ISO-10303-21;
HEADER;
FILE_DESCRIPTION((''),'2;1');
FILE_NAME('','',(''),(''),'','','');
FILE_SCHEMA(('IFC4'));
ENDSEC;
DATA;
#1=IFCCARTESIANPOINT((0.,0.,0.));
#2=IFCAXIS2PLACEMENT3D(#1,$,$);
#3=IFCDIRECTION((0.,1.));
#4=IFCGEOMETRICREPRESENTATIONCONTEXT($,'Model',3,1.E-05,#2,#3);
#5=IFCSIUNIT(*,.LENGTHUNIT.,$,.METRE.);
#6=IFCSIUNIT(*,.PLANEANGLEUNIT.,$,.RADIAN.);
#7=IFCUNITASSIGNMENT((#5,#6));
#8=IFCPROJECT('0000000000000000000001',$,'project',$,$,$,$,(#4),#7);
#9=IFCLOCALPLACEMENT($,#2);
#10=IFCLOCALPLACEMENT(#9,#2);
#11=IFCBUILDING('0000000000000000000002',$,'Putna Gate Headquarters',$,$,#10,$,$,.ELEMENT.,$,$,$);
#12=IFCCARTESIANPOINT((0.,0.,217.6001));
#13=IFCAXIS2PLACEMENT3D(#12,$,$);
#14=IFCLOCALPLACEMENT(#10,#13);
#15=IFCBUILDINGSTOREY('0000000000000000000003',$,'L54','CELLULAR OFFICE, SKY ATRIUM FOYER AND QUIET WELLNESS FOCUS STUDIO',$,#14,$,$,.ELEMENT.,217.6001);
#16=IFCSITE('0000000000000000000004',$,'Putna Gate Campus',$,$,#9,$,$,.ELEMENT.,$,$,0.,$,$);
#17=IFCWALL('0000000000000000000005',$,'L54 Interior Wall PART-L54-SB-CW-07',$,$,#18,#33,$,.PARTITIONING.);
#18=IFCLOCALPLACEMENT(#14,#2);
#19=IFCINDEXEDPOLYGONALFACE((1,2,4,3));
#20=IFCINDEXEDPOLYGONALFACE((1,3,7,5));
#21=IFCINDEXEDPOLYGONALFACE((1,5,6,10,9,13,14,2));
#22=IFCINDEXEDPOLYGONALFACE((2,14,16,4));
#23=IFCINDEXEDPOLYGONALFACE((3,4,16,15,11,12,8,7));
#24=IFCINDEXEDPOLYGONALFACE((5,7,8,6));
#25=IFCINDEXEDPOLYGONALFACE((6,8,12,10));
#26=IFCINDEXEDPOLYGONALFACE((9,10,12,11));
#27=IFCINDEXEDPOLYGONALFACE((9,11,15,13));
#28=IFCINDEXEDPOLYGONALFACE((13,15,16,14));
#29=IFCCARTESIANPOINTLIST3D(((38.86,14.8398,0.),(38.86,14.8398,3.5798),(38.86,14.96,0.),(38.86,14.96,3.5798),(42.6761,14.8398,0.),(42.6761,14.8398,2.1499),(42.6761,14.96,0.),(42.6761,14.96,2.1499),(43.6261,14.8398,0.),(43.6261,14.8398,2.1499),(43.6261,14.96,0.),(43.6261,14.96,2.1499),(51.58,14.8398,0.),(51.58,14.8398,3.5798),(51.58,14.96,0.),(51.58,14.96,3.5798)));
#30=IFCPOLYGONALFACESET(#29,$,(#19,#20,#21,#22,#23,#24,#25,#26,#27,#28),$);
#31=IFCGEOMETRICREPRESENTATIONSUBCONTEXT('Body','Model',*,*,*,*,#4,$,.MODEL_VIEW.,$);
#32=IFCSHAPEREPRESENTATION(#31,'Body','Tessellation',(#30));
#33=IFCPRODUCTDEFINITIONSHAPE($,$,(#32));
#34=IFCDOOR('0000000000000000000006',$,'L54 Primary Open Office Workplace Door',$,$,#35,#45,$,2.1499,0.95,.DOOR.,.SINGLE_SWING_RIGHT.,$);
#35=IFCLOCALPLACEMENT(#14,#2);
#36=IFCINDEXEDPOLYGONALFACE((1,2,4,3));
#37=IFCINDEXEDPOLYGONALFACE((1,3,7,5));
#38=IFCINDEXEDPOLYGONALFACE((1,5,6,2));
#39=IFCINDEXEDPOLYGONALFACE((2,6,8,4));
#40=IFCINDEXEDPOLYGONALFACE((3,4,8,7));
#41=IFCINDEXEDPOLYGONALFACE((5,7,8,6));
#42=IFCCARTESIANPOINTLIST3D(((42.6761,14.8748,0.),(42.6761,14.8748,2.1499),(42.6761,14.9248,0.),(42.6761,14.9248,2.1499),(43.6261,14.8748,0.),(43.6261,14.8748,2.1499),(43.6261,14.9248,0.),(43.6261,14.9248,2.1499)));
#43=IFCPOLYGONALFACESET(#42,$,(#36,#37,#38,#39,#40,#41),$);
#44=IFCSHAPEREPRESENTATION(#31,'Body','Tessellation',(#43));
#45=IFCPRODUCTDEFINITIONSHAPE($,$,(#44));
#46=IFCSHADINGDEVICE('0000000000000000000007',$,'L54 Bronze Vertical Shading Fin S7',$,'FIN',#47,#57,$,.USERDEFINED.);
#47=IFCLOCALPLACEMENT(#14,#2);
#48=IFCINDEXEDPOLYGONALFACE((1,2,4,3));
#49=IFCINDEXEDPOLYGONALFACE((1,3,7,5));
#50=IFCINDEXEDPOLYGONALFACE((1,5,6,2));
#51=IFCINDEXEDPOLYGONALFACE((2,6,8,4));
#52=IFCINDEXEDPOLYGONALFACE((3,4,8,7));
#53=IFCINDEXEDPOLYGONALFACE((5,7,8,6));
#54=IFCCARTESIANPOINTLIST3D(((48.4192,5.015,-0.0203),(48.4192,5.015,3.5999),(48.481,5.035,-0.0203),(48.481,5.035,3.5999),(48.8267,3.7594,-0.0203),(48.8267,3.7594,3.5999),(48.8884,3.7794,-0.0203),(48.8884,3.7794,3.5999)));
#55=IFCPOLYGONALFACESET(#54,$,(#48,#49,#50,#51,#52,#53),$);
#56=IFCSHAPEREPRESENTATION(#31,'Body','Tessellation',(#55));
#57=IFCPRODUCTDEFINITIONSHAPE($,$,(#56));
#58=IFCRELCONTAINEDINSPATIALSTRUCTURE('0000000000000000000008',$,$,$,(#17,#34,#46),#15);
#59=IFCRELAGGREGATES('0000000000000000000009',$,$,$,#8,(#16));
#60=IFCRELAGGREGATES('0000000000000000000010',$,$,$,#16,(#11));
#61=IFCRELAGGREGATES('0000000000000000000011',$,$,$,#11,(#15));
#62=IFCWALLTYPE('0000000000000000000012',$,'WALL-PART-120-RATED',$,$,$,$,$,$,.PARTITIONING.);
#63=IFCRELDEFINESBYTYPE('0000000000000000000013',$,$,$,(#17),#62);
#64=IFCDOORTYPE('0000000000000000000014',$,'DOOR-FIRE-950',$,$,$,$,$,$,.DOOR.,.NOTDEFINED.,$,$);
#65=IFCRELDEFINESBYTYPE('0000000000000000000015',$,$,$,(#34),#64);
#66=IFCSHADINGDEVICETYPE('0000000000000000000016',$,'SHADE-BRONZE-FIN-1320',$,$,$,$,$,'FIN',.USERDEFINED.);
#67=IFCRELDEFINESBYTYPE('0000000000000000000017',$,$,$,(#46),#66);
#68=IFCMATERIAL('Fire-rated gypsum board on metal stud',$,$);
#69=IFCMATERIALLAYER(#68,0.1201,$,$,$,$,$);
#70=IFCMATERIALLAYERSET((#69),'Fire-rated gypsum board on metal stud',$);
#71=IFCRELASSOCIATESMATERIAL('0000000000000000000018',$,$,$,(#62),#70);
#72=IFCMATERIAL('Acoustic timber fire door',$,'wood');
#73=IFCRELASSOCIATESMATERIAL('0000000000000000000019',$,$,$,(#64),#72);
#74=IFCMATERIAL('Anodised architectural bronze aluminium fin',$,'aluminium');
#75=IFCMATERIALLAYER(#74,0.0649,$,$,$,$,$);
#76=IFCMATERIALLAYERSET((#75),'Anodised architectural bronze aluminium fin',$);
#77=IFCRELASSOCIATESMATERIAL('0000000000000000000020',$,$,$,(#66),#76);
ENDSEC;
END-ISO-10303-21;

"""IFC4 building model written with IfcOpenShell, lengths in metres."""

from ifc_helpers import new_model, si_unit, direction, frame, frame_2d, origin, origin_2d, place, context, subcontext, project, spatial, rectangle, extrude, material, layer, layer_set, type_object, element, fill, save


model = new_model("IFC4")

# Units and contexts
model_context = context("Model", 3, precision=1e-05, world=origin(), true_north=direction((0.0, 1.0)))
body_context = subcontext(model_context, "Body", "Model", "MODEL_VIEW")
ifc_project = project(units=[si_unit("LENGTHUNIT", "METRE"), si_unit("PLANEANGLEUNIT", "RADIAN")], contexts=[model_context])

# Site, building, storey
site_placement = place(None, origin())
site = spatial("IfcSite", under=ifc_project, at=site_placement, Name="Putna Gate Campus", CompositionType="ELEMENT", RefElevation=0.0)
building_placement = place(site_placement, origin())
building = spatial("IfcBuilding", under=site, at=building_placement, Name="Putna Gate Headquarters", CompositionType="ELEMENT")
storey_placement = place(building_placement, frame((0.0, 0.0, 217.6001)))
storey = spatial("IfcBuildingStorey", under=building, at=storey_placement, Name="L54", Description="CELLULAR OFFICE, SKY ATRIUM FOYER AND QUIET WELLNESS FOCUS STUDIO", CompositionType="ELEMENT", Elevation=217.6001)

# Wall, opening, door
ifc_material_1 = material(Name="Fire-rated gypsum board on metal stud")
ifc_layer_1 = layer(ifc_material_1, 0.1201)
ifc_layer_set_1 = layer_set([ifc_layer_1], Name="Fire-rated gypsum board on metal stud")
wall_type_1 = type_object("IfcWallType", Name="WALL-PART-120-RATED", PredefinedType="PARTITIONING", material=ifc_layer_set_1)
wall_1_placement = place(storey_placement, frame((38.8601, 14.8999, 0.0), z_axis=(0.0, 0.0, 1.0), x_axis=(1.0, 0.0, 0.0)))
wall_1 = element("IfcWall", 1, at=wall_1_placement, inside=storey, type_object=wall_type_1, Name="L54 Interior Wall PART-L54-SB-CW-07", PredefinedType="PARTITIONING", context=body_context, shape_type="SweptSolid", body=[
    extrude(rectangle(XDim=12.72, YDim=0.1201, at=frame_2d((6.3599, 0.0))), origin(), (0.0, 0.0, 1.0), 3.5798),
])
opening_placement = place(wall_1_placement, frame((3.8159, 0.0, 0.0)))
opening = element("IfcOpeningElement", 2, at=opening_placement, cuts=wall_1, PredefinedType="OPENING", context=body_context, shape_type="SweptSolid", body=[
    extrude(rectangle(XDim=0.95, YDim=2.1499, at=frame_2d((0.4751, 1.075))), frame((0.0, 0.0701, 0.0), z_axis=(0.0, -1.0, 0.0), x_axis=(1.0, 0.0, 0.0)), (0.0, 0.0, 1.0), 0.1401),
])
ifc_material_2 = material(Name="Acoustic timber fire door", Category="wood")
door_type = type_object("IfcDoorType", Name="DOOR-FIRE-950", OperationType="NOTDEFINED", PredefinedType="DOOR", material=ifc_material_2)
door_placement = place(opening_placement, origin())
door = element("IfcDoor", 3, at=door_placement, inside=storey, type_object=door_type, Name="L54 Primary Open Office Workplace Door", OperationType="SINGLE_SWING_RIGHT", OverallHeight=2.1499, OverallWidth=0.95, PredefinedType="DOOR", context=body_context, shape_type="SweptSolid", body=[
    extrude(rectangle(XDim=0.95, YDim=2.1499, at=frame_2d((0.4751, 1.075))), frame((0.0, 0.0249, 0.0), z_axis=(0.0, -1.0, 0.0), x_axis=(1.0, 0.0, 0.0)), (0.0, 0.0, 1.0), 0.05),
])
fill(opening, door)

# Shading device
ifc_material_3 = material(Name="Anodised architectural bronze aluminium fin", Category="aluminium")
ifc_layer_2 = layer(ifc_material_3, 0.0649)
ifc_layer_set_2 = layer_set([ifc_layer_2], Name="Anodised architectural bronze aluminium fin")
shading_device_type = type_object("IfcShadingDeviceType", Name="SHADE-BRONZE-FIN-1320", ElementType="FIN", PredefinedType="USERDEFINED", material=ifc_layer_set_2)
shading_device_placement = place(storey_placement, frame((48.6538, 4.3972, -0.0203), z_axis=(0.0, 0.0, 1.0), x_axis=(0.308685, -0.951164, 0.0)))
element("IfcShadingDevice", 4, at=shading_device_placement, inside=storey, type_object=shading_device_type, Name="L54 Bronze Vertical Shading Fin S7", ObjectType="FIN", PredefinedType="USERDEFINED", context=body_context, shape_type="SweptSolid", body=[
    extrude(rectangle(XDim=1.3201, YDim=0.0649, at=origin_2d()), origin(), (0.0, 0.0, 1.0), 3.6201),
])

save(model, "model.ifc")
